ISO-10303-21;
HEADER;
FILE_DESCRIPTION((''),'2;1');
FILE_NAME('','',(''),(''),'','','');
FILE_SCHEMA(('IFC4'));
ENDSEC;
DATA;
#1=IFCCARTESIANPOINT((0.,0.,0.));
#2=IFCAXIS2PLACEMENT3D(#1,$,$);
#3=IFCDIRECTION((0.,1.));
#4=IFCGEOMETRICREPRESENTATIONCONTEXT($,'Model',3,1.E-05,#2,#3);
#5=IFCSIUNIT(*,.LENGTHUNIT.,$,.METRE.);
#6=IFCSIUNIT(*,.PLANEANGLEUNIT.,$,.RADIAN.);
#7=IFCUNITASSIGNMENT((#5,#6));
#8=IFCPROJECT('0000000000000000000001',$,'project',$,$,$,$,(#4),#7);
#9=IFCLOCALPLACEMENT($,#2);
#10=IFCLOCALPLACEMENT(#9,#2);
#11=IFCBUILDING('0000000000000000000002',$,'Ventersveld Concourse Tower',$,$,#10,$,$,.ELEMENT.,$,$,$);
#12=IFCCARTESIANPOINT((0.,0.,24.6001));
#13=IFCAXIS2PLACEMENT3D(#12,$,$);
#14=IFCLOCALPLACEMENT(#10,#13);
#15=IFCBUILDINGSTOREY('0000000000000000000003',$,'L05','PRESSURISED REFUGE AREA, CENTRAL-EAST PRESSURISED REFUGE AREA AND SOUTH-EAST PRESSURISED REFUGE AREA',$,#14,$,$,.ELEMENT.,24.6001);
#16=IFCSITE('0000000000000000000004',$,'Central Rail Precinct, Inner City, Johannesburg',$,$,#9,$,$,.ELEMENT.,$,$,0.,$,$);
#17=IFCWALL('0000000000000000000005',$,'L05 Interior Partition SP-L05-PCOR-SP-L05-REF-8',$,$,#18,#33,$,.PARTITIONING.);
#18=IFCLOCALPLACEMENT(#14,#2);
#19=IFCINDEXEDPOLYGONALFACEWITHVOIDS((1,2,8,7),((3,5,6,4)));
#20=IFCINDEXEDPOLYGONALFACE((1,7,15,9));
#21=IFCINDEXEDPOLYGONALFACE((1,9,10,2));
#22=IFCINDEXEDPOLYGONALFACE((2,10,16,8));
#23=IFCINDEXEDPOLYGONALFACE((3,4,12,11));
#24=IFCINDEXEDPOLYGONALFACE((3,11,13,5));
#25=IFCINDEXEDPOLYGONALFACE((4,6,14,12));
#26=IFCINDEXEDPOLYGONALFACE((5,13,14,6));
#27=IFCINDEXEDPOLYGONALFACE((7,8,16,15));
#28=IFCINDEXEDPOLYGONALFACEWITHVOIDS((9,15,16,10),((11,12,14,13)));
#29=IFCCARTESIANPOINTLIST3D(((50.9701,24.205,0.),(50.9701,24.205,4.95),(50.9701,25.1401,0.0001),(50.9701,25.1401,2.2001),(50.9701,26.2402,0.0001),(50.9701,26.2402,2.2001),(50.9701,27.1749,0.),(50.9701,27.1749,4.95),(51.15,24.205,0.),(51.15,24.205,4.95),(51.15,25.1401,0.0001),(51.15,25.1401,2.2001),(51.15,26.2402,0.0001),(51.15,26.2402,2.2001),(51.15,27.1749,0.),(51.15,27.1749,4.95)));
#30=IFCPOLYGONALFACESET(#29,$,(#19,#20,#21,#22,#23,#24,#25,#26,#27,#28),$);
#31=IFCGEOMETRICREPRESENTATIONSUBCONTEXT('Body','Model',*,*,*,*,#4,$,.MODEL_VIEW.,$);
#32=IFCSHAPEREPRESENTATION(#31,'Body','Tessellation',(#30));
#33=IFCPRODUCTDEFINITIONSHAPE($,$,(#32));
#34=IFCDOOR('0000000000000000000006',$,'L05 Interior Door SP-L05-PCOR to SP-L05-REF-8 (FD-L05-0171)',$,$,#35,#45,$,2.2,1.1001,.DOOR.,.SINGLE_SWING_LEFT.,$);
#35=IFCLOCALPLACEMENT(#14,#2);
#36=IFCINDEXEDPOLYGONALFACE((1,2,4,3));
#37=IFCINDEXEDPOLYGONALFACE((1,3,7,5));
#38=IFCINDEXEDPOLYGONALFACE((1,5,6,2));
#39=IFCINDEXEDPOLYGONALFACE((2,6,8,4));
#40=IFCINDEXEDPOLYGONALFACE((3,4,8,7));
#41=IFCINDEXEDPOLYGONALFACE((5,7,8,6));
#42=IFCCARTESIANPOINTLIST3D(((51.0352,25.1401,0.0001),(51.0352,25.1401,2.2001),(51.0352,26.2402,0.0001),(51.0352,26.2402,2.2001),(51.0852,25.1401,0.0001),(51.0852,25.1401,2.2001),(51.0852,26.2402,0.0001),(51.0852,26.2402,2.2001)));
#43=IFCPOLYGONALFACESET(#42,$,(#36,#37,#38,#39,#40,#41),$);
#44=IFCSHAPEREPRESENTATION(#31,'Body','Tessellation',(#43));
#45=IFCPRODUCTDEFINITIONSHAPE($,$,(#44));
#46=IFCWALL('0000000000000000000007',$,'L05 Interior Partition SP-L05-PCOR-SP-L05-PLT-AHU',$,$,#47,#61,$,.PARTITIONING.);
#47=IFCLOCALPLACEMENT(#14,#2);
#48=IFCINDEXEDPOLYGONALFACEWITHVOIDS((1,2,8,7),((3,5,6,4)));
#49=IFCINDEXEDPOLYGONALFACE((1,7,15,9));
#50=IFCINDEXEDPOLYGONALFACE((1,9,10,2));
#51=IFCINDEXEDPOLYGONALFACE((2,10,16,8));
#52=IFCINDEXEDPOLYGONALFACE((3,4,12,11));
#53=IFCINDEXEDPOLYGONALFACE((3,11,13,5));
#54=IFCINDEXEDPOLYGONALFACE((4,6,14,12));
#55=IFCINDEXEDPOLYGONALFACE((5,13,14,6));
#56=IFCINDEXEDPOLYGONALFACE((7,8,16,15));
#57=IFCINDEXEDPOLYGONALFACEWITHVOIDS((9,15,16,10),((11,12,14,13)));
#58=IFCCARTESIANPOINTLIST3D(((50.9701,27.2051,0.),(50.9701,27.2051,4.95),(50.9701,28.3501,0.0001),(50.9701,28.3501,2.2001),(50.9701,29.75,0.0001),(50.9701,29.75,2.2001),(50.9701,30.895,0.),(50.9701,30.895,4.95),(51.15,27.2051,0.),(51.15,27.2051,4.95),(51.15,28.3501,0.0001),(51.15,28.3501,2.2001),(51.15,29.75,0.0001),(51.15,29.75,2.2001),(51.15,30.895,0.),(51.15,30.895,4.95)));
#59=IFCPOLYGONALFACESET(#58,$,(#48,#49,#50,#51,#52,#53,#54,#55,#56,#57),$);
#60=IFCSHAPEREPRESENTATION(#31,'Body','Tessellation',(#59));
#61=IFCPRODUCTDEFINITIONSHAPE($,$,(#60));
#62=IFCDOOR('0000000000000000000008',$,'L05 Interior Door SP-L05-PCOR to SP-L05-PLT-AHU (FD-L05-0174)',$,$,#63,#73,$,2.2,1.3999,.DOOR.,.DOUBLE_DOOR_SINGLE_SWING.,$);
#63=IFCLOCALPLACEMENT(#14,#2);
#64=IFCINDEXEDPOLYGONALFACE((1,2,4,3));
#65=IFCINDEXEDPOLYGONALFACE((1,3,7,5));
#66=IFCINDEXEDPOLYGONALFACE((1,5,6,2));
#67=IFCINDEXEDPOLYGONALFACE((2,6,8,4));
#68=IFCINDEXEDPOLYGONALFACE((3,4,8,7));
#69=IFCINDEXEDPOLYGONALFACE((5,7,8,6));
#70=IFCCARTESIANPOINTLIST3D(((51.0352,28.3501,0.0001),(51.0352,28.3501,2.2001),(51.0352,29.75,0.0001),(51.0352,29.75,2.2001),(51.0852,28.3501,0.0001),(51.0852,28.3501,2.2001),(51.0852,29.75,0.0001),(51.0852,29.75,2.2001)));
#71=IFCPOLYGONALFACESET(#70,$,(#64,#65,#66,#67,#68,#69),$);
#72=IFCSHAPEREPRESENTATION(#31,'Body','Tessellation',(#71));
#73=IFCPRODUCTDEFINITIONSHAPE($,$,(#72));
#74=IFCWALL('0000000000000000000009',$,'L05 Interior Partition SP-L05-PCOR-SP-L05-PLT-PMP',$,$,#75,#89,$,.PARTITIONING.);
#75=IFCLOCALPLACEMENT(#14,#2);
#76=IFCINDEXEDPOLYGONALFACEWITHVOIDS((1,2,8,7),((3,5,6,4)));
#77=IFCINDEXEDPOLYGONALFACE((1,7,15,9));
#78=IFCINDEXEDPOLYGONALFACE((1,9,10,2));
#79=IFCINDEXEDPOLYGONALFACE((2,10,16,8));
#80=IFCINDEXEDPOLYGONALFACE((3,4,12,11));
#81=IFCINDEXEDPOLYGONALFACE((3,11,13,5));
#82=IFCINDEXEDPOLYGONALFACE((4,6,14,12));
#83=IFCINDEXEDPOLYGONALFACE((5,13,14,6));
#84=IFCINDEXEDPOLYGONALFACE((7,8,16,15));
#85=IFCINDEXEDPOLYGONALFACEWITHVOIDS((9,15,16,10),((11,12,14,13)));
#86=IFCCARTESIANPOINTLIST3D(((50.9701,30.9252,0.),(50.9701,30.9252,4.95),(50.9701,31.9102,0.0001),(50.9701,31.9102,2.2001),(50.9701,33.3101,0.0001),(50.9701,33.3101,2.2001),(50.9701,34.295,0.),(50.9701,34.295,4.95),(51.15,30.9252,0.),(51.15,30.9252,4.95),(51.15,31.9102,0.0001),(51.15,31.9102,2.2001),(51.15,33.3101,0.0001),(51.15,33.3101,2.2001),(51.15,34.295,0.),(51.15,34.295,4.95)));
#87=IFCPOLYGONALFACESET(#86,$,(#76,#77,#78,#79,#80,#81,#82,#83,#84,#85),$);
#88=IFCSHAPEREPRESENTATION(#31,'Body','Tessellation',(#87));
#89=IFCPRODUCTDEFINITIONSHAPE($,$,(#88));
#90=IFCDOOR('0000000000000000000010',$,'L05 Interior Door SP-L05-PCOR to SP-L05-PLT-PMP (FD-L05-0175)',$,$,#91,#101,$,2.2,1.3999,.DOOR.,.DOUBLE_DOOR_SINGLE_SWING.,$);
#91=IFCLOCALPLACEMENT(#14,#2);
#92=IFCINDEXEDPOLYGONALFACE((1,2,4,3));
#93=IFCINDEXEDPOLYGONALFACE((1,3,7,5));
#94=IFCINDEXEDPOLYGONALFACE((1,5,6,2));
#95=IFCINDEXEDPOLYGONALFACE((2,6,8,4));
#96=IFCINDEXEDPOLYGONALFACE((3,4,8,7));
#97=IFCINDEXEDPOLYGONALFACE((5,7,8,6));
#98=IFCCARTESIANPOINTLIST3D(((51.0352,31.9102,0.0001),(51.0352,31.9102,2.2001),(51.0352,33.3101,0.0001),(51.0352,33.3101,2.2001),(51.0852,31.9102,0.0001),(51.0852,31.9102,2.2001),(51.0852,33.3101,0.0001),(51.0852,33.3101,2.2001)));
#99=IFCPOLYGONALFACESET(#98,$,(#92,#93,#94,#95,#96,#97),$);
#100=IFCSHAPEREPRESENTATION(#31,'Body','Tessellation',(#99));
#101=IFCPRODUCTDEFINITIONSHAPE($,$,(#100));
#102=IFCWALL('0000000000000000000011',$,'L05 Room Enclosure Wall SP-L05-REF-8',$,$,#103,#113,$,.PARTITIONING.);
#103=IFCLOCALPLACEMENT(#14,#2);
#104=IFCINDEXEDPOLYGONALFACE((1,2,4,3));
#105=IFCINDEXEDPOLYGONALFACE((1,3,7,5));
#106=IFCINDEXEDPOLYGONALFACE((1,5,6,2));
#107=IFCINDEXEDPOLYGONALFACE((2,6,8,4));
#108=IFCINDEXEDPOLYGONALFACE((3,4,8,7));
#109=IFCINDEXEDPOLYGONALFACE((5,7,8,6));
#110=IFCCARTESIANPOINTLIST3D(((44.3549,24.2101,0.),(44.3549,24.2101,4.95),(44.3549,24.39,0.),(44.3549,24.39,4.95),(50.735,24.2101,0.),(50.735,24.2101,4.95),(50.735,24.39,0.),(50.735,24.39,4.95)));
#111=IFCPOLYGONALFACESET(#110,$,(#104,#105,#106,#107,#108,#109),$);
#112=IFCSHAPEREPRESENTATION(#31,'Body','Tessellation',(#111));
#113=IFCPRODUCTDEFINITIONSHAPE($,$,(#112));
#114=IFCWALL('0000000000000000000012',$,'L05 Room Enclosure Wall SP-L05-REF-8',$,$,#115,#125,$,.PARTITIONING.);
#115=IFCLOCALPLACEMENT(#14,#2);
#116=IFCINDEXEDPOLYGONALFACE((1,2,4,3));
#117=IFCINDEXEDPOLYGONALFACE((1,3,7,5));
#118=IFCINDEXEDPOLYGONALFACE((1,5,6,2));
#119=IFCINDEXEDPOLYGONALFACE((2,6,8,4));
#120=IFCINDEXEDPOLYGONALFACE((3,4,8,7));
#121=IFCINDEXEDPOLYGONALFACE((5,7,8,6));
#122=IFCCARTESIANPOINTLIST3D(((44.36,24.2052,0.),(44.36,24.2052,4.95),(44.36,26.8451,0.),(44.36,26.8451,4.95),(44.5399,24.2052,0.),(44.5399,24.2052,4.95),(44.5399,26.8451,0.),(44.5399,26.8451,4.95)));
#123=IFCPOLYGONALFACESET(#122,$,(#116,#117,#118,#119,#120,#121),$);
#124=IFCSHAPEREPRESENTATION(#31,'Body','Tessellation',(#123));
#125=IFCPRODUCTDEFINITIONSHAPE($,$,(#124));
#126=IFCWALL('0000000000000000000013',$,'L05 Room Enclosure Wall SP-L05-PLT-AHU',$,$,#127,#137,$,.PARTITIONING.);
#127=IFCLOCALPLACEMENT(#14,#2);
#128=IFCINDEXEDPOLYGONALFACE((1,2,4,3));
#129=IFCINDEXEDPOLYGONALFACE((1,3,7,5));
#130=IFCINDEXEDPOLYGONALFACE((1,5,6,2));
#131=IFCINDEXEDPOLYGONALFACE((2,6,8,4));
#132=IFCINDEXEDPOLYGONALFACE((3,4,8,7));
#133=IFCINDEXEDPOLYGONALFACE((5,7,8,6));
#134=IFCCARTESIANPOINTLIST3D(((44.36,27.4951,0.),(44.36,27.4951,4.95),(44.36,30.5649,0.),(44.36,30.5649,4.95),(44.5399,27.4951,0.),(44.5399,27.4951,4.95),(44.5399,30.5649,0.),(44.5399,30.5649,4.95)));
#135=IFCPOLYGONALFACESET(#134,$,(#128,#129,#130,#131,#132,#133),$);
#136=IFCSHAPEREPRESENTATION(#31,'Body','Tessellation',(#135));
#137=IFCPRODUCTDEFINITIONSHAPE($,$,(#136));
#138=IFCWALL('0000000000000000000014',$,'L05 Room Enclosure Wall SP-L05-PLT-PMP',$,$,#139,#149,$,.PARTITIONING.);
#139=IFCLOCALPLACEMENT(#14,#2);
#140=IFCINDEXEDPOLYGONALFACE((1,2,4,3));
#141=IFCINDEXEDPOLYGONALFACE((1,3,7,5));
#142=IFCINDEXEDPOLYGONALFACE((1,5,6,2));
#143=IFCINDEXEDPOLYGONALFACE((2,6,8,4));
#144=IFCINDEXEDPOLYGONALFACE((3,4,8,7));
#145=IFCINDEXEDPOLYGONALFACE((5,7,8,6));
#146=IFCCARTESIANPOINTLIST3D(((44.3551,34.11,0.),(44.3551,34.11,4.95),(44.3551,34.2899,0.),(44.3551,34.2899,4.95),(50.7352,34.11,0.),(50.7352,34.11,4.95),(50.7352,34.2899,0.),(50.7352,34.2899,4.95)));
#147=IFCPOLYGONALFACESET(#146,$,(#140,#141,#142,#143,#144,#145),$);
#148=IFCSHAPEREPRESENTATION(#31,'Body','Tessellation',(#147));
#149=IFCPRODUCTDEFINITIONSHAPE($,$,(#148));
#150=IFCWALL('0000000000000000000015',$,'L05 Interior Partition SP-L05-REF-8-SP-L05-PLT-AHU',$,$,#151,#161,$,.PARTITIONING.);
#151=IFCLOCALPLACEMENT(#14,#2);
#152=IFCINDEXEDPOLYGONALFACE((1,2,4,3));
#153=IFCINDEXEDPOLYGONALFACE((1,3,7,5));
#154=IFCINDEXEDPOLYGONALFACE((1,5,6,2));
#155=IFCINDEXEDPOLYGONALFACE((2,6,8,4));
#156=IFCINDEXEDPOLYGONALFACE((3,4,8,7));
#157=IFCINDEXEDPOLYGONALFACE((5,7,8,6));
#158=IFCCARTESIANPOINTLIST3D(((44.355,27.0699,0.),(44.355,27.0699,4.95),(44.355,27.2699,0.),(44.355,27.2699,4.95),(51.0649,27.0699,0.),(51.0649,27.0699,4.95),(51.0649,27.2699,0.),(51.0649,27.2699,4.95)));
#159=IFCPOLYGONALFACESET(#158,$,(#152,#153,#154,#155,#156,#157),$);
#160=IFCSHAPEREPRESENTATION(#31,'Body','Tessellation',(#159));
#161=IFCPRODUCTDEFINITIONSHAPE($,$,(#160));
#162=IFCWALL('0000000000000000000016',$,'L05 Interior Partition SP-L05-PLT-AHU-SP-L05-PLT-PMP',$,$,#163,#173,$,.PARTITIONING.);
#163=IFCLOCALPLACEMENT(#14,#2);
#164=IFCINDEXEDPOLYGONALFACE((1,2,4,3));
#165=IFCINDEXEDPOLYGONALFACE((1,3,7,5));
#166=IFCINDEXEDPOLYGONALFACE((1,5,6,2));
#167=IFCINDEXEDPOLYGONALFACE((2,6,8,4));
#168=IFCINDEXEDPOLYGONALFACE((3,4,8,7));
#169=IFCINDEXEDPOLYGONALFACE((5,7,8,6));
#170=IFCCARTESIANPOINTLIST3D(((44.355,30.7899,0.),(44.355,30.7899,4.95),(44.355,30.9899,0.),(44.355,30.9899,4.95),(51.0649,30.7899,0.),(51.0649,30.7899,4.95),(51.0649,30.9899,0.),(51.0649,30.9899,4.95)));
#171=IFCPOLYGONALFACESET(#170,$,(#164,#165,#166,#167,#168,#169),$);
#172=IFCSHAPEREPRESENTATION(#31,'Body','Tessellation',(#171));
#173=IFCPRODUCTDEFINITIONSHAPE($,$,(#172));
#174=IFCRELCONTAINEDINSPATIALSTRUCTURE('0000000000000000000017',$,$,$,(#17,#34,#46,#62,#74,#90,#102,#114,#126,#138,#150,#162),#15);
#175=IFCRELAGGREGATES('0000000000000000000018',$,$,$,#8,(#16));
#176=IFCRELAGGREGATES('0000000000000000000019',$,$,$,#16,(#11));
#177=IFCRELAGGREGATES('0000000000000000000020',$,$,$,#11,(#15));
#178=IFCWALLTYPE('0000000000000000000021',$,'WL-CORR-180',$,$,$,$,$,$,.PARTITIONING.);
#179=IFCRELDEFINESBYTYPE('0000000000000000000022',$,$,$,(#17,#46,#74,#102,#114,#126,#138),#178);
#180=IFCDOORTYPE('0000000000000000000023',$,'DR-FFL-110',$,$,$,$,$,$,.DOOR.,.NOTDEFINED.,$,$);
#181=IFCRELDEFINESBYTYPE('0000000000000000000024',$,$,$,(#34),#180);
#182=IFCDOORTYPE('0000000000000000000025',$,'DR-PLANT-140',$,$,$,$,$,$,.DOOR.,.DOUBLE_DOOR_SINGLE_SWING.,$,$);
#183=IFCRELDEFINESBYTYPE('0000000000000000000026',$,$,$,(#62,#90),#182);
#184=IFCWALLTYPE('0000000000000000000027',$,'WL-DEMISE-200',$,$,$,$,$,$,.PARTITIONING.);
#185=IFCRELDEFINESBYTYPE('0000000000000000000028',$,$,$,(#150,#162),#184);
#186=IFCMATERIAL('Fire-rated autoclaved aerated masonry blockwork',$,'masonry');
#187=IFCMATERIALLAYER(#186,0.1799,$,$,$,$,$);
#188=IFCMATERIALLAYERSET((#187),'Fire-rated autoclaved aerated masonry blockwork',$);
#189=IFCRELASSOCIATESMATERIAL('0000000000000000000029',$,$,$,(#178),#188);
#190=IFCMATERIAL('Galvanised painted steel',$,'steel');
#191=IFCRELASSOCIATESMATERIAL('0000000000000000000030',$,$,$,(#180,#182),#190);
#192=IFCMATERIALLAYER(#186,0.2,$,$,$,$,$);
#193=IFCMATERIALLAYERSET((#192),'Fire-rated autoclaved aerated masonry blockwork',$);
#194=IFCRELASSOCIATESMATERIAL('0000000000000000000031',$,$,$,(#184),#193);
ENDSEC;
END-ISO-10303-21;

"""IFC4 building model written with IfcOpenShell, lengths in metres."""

from ifc_helpers import new_model, si_unit, direction, frame, frame_2d, origin, place, context, subcontext, project, spatial, rectangle, extrude, material, layer, layer_set, type_object, element, fill, save


model = new_model("IFC4")

# Units and contexts
model_context = context("Model", 3, precision=1e-05, world=origin(), true_north=direction((0.0, 1.0)))
body_context = subcontext(model_context, "Body", "Model", "MODEL_VIEW")
ifc_project = project(units=[si_unit("LENGTHUNIT", "METRE"), si_unit("PLANEANGLEUNIT", "RADIAN")], contexts=[model_context])

# Site, building, storey
site_placement = place(None, origin())
site = spatial("IfcSite", under=ifc_project, at=site_placement, Name="Central Rail Precinct, Inner City, Johannesburg", CompositionType="ELEMENT", RefElevation=0.0)
building_placement = place(site_placement, origin())
building = spatial("IfcBuilding", under=site, at=building_placement, Name="Ventersveld Concourse Tower", CompositionType="ELEMENT")
storey_placement = place(building_placement, frame((0.0, 0.0, 24.6001)))
storey = spatial("IfcBuildingStorey", under=building, at=storey_placement, Name="L05", Description="PRESSURISED REFUGE AREA, CENTRAL-EAST PRESSURISED REFUGE AREA AND SOUTH-EAST PRESSURISED REFUGE AREA", CompositionType="ELEMENT", Elevation=24.6001)

# Walls, openings, doors
ifc_material_1 = material(Name="Fire-rated autoclaved aerated masonry blockwork", Category="masonry")
ifc_layer_1 = layer(ifc_material_1, 0.1799)
ifc_layer_set_1 = layer_set([ifc_layer_1], Name="Fire-rated autoclaved aerated masonry blockwork")
wall_type_1 = type_object("IfcWallType", Name="WL-CORR-180", PredefinedType="PARTITIONING", material=ifc_layer_set_1)
wall_1_placement = place(storey_placement, frame((51.0601, 24.2051, 0.0), z_axis=(0.0, 0.0, 1.0), x_axis=(0.0, 1.0, 0.0)))
wall_1 = element("IfcWall", 1, at=wall_1_placement, inside=storey, type_object=wall_type_1, Name="L05 Interior Partition SP-L05-PCOR-SP-L05-REF-8", PredefinedType="PARTITIONING", context=body_context, shape_type="SweptSolid", body=[
    extrude(rectangle(XDim=2.97, YDim=0.1799, at=frame_2d((1.4849, 0.0))), origin(), (0.0, 0.0, 1.0), 4.95),
])
opening_1_placement = place(wall_1_placement, frame((0.9351, 0.0, 0.0)))
opening_1 = element("IfcOpeningElement", 2, at=opening_1_placement, cuts=wall_1, PredefinedType="OPENING", context=body_context, shape_type="SweptSolid", body=[
    extrude(rectangle(XDim=1.1001, YDim=2.2, at=frame_2d((0.55, 1.1001))), frame((0.0, 0.1001, 0.0), z_axis=(0.0, -1.0, 0.0), x_axis=(1.0, 0.0, 0.0)), (0.0, 0.0, 1.0), 0.2),
])
ifc_material_2 = material(Name="Galvanised painted steel", Category="steel")
door_type_1 = type_object("IfcDoorType", Name="DR-FFL-110", OperationType="NOTDEFINED", PredefinedType="DOOR", material=ifc_material_2)
door_1_placement = place(opening_1_placement, origin())
door_1 = element("IfcDoor", 3, at=door_1_placement, inside=storey, type_object=door_type_1, Name="L05 Interior Door SP-L05-PCOR to SP-L05-REF-8 (FD-L05-0171)", OperationType="SINGLE_SWING_LEFT", OverallHeight=2.2, OverallWidth=1.1001, PredefinedType="DOOR", context=body_context, shape_type="SweptSolid", body=[
    extrude(rectangle(XDim=1.1001, YDim=2.2, at=frame_2d((0.55, 1.1001))), frame((0.0, 0.0249, 0.0), z_axis=(0.0, -1.0, 0.0), x_axis=(1.0, 0.0, 0.0)), (0.0, 0.0, 1.0), 0.05),
])
fill(opening_1, door_1)
wall_2_placement = place(storey_placement, frame((51.0601, 27.2051, 0.0), z_axis=(0.0, 0.0, 1.0), x_axis=(0.0, 1.0, 0.0)))
wall_2 = element("IfcWall", 4, at=wall_2_placement, inside=storey, type_object=wall_type_1, Name="L05 Interior Partition SP-L05-PCOR-SP-L05-PLT-AHU", PredefinedType="PARTITIONING", context=body_context, shape_type="SweptSolid", body=[
    extrude(rectangle(XDim=3.6899, YDim=0.1799, at=frame_2d((1.845, 0.0))), origin(), (0.0, 0.0, 1.0), 4.95),
])
opening_2_placement = place(wall_2_placement, frame((1.145, 0.0, 0.0)))
opening_2 = element("IfcOpeningElement", 5, at=opening_2_placement, cuts=wall_2, PredefinedType="OPENING", context=body_context, shape_type="SweptSolid", body=[
    extrude(rectangle(XDim=1.3999, YDim=2.2, at=frame_2d((0.7, 1.1001))), frame((0.0, 0.1001, 0.0), z_axis=(0.0, -1.0, 0.0), x_axis=(1.0, 0.0, 0.0)), (0.0, 0.0, 1.0), 0.2),
])
door_type_2 = type_object("IfcDoorType", Name="DR-PLANT-140", OperationType="DOUBLE_DOOR_SINGLE_SWING", PredefinedType="DOOR", material=ifc_material_2)
door_2_placement = place(opening_2_placement, origin())
door_2 = element("IfcDoor", 6, at=door_2_placement, inside=storey, type_object=door_type_2, Name="L05 Interior Door SP-L05-PCOR to SP-L05-PLT-AHU (FD-L05-0174)", OperationType="DOUBLE_DOOR_SINGLE_SWING", OverallHeight=2.2, OverallWidth=1.3999, PredefinedType="DOOR", context=body_context, shape_type="SweptSolid", body=[
    extrude(rectangle(XDim=1.3999, YDim=2.2, at=frame_2d((0.7, 1.1001))), frame((0.0, 0.0249, 0.0), z_axis=(0.0, -1.0, 0.0), x_axis=(1.0, 0.0, 0.0)), (0.0, 0.0, 1.0), 0.05),
])
fill(opening_2, door_2)
wall_3_placement = place(storey_placement, frame((51.0601, 30.925, 0.0), z_axis=(0.0, 0.0, 1.0), x_axis=(0.0, 1.0, 0.0)))
wall_3 = element("IfcWall", 7, at=wall_3_placement, inside=storey, type_object=wall_type_1, Name="L05 Interior Partition SP-L05-PCOR-SP-L05-PLT-PMP", PredefinedType="PARTITIONING", context=body_context, shape_type="SweptSolid", body=[
    extrude(rectangle(XDim=3.3699, YDim=0.1799, at=frame_2d((1.6851, 0.0))), origin(), (0.0, 0.0, 1.0), 4.95),
])
opening_3_placement = place(wall_3_placement, frame((0.9851, 0.0, 0.0)))
opening_3 = element("IfcOpeningElement", 8, at=opening_3_placement, cuts=wall_3, PredefinedType="OPENING", context=body_context, shape_type="SweptSolid", body=[
    extrude(rectangle(XDim=1.3999, YDim=2.2, at=frame_2d((0.7, 1.1001))), frame((0.0, 0.1001, 0.0), z_axis=(0.0, -1.0, 0.0), x_axis=(1.0, 0.0, 0.0)), (0.0, 0.0, 1.0), 0.2),
])
door_3_placement = place(opening_3_placement, origin())
door_3 = element("IfcDoor", 9, at=door_3_placement, inside=storey, type_object=door_type_2, Name="L05 Interior Door SP-L05-PCOR to SP-L05-PLT-PMP (FD-L05-0175)", OperationType="DOUBLE_DOOR_SINGLE_SWING", OverallHeight=2.2, OverallWidth=1.3999, PredefinedType="DOOR", context=body_context, shape_type="SweptSolid", body=[
    extrude(rectangle(XDim=1.3999, YDim=2.2, at=frame_2d((0.7, 1.1001))), frame((0.0, 0.0249, 0.0), z_axis=(0.0, -1.0, 0.0), x_axis=(1.0, 0.0, 0.0)), (0.0, 0.0, 1.0), 0.05),
])
fill(opening_3, door_3)

# Walls
wall_4_placement = place(storey_placement, frame((44.355, 24.3, 0.0), z_axis=(0.0, 0.0, 1.0), x_axis=(1.0, 0.0, 0.0)))
element("IfcWall", 10, at=wall_4_placement, inside=storey, type_object=wall_type_1, Name="L05 Room Enclosure Wall SP-L05-REF-8", PredefinedType="PARTITIONING", context=body_context, shape_type="SweptSolid", body=[
    extrude(rectangle(XDim=6.3801, YDim=0.1799, at=frame_2d((3.1899, 0.0))), origin(), (0.0, 0.0, 1.0), 4.95),
])
wall_5_placement = place(storey_placement, frame((44.45, 26.845, 0.0), z_axis=(0.0, 0.0, 1.0), x_axis=(0.0, -1.0, 0.0)))
element("IfcWall", 11, at=wall_5_placement, inside=storey, type_object=wall_type_1, Name="L05 Room Enclosure Wall SP-L05-REF-8", PredefinedType="PARTITIONING", context=body_context, shape_type="SweptSolid", body=[
    extrude(rectangle(XDim=2.6399, YDim=0.1799, at=frame_2d((1.3198, 0.0))), origin(), (0.0, 0.0, 1.0), 4.95),
])
wall_6_placement = place(storey_placement, frame((44.45, 30.5649, 0.0), z_axis=(0.0, 0.0, 1.0), x_axis=(0.0, -1.0, 0.0)))
element("IfcWall", 12, at=wall_6_placement, inside=storey, type_object=wall_type_1, Name="L05 Room Enclosure Wall SP-L05-PLT-AHU", PredefinedType="PARTITIONING", context=body_context, shape_type="SweptSolid", body=[
    extrude(rectangle(XDim=3.0698, YDim=0.1799, at=frame_2d((1.5349, 0.0))), origin(), (0.0, 0.0, 1.0), 4.95),
])
wall_7_placement = place(storey_placement, frame((50.7351, 34.2, 0.0), z_axis=(0.0, 0.0, 1.0), x_axis=(-1.0, 0.0, 0.0)))
element("IfcWall", 13, at=wall_7_placement, inside=storey, type_object=wall_type_1, Name="L05 Room Enclosure Wall SP-L05-PLT-PMP", PredefinedType="PARTITIONING", context=body_context, shape_type="SweptSolid", body=[
    extrude(rectangle(XDim=6.3801, YDim=0.1799, at=frame_2d((3.1899, 0.0))), origin(), (0.0, 0.0, 1.0), 4.95),
])
ifc_layer_2 = layer(ifc_material_1, 0.2)
ifc_layer_set_2 = layer_set([ifc_layer_2], Name="Fire-rated autoclaved aerated masonry blockwork")
wall_type_2 = type_object("IfcWallType", Name="WL-DEMISE-200", PredefinedType="PARTITIONING", material=ifc_layer_set_2)
for number, where, z_axis, x_axis, name in (
    (14, (44.355, 27.1699, 0.0), (0.0, 0.0, 1.0), (1.0, 0.0, 0.0), "L05 Interior Partition SP-L05-REF-8-SP-L05-PLT-AHU"),
    (15, (44.355, 30.8899, 0.0), (0.0, 0.0, 1.0), (1.0, 0.0, 0.0), "L05 Interior Partition SP-L05-PLT-AHU-SP-L05-PLT-PMP"),
):
    element("IfcWall", number, at=place(storey_placement, frame(where, z_axis=z_axis, x_axis=x_axis)), inside=storey, type_object=wall_type_2, Name=name, PredefinedType="PARTITIONING", context=body_context, shape_type="SweptSolid", body=[
        extrude(rectangle(XDim=6.71, YDim=0.2, at=frame_2d((3.355, 0.0))), origin(), (0.0, 0.0, 1.0), 4.95),
    ])

save(model, "model.ifc")
